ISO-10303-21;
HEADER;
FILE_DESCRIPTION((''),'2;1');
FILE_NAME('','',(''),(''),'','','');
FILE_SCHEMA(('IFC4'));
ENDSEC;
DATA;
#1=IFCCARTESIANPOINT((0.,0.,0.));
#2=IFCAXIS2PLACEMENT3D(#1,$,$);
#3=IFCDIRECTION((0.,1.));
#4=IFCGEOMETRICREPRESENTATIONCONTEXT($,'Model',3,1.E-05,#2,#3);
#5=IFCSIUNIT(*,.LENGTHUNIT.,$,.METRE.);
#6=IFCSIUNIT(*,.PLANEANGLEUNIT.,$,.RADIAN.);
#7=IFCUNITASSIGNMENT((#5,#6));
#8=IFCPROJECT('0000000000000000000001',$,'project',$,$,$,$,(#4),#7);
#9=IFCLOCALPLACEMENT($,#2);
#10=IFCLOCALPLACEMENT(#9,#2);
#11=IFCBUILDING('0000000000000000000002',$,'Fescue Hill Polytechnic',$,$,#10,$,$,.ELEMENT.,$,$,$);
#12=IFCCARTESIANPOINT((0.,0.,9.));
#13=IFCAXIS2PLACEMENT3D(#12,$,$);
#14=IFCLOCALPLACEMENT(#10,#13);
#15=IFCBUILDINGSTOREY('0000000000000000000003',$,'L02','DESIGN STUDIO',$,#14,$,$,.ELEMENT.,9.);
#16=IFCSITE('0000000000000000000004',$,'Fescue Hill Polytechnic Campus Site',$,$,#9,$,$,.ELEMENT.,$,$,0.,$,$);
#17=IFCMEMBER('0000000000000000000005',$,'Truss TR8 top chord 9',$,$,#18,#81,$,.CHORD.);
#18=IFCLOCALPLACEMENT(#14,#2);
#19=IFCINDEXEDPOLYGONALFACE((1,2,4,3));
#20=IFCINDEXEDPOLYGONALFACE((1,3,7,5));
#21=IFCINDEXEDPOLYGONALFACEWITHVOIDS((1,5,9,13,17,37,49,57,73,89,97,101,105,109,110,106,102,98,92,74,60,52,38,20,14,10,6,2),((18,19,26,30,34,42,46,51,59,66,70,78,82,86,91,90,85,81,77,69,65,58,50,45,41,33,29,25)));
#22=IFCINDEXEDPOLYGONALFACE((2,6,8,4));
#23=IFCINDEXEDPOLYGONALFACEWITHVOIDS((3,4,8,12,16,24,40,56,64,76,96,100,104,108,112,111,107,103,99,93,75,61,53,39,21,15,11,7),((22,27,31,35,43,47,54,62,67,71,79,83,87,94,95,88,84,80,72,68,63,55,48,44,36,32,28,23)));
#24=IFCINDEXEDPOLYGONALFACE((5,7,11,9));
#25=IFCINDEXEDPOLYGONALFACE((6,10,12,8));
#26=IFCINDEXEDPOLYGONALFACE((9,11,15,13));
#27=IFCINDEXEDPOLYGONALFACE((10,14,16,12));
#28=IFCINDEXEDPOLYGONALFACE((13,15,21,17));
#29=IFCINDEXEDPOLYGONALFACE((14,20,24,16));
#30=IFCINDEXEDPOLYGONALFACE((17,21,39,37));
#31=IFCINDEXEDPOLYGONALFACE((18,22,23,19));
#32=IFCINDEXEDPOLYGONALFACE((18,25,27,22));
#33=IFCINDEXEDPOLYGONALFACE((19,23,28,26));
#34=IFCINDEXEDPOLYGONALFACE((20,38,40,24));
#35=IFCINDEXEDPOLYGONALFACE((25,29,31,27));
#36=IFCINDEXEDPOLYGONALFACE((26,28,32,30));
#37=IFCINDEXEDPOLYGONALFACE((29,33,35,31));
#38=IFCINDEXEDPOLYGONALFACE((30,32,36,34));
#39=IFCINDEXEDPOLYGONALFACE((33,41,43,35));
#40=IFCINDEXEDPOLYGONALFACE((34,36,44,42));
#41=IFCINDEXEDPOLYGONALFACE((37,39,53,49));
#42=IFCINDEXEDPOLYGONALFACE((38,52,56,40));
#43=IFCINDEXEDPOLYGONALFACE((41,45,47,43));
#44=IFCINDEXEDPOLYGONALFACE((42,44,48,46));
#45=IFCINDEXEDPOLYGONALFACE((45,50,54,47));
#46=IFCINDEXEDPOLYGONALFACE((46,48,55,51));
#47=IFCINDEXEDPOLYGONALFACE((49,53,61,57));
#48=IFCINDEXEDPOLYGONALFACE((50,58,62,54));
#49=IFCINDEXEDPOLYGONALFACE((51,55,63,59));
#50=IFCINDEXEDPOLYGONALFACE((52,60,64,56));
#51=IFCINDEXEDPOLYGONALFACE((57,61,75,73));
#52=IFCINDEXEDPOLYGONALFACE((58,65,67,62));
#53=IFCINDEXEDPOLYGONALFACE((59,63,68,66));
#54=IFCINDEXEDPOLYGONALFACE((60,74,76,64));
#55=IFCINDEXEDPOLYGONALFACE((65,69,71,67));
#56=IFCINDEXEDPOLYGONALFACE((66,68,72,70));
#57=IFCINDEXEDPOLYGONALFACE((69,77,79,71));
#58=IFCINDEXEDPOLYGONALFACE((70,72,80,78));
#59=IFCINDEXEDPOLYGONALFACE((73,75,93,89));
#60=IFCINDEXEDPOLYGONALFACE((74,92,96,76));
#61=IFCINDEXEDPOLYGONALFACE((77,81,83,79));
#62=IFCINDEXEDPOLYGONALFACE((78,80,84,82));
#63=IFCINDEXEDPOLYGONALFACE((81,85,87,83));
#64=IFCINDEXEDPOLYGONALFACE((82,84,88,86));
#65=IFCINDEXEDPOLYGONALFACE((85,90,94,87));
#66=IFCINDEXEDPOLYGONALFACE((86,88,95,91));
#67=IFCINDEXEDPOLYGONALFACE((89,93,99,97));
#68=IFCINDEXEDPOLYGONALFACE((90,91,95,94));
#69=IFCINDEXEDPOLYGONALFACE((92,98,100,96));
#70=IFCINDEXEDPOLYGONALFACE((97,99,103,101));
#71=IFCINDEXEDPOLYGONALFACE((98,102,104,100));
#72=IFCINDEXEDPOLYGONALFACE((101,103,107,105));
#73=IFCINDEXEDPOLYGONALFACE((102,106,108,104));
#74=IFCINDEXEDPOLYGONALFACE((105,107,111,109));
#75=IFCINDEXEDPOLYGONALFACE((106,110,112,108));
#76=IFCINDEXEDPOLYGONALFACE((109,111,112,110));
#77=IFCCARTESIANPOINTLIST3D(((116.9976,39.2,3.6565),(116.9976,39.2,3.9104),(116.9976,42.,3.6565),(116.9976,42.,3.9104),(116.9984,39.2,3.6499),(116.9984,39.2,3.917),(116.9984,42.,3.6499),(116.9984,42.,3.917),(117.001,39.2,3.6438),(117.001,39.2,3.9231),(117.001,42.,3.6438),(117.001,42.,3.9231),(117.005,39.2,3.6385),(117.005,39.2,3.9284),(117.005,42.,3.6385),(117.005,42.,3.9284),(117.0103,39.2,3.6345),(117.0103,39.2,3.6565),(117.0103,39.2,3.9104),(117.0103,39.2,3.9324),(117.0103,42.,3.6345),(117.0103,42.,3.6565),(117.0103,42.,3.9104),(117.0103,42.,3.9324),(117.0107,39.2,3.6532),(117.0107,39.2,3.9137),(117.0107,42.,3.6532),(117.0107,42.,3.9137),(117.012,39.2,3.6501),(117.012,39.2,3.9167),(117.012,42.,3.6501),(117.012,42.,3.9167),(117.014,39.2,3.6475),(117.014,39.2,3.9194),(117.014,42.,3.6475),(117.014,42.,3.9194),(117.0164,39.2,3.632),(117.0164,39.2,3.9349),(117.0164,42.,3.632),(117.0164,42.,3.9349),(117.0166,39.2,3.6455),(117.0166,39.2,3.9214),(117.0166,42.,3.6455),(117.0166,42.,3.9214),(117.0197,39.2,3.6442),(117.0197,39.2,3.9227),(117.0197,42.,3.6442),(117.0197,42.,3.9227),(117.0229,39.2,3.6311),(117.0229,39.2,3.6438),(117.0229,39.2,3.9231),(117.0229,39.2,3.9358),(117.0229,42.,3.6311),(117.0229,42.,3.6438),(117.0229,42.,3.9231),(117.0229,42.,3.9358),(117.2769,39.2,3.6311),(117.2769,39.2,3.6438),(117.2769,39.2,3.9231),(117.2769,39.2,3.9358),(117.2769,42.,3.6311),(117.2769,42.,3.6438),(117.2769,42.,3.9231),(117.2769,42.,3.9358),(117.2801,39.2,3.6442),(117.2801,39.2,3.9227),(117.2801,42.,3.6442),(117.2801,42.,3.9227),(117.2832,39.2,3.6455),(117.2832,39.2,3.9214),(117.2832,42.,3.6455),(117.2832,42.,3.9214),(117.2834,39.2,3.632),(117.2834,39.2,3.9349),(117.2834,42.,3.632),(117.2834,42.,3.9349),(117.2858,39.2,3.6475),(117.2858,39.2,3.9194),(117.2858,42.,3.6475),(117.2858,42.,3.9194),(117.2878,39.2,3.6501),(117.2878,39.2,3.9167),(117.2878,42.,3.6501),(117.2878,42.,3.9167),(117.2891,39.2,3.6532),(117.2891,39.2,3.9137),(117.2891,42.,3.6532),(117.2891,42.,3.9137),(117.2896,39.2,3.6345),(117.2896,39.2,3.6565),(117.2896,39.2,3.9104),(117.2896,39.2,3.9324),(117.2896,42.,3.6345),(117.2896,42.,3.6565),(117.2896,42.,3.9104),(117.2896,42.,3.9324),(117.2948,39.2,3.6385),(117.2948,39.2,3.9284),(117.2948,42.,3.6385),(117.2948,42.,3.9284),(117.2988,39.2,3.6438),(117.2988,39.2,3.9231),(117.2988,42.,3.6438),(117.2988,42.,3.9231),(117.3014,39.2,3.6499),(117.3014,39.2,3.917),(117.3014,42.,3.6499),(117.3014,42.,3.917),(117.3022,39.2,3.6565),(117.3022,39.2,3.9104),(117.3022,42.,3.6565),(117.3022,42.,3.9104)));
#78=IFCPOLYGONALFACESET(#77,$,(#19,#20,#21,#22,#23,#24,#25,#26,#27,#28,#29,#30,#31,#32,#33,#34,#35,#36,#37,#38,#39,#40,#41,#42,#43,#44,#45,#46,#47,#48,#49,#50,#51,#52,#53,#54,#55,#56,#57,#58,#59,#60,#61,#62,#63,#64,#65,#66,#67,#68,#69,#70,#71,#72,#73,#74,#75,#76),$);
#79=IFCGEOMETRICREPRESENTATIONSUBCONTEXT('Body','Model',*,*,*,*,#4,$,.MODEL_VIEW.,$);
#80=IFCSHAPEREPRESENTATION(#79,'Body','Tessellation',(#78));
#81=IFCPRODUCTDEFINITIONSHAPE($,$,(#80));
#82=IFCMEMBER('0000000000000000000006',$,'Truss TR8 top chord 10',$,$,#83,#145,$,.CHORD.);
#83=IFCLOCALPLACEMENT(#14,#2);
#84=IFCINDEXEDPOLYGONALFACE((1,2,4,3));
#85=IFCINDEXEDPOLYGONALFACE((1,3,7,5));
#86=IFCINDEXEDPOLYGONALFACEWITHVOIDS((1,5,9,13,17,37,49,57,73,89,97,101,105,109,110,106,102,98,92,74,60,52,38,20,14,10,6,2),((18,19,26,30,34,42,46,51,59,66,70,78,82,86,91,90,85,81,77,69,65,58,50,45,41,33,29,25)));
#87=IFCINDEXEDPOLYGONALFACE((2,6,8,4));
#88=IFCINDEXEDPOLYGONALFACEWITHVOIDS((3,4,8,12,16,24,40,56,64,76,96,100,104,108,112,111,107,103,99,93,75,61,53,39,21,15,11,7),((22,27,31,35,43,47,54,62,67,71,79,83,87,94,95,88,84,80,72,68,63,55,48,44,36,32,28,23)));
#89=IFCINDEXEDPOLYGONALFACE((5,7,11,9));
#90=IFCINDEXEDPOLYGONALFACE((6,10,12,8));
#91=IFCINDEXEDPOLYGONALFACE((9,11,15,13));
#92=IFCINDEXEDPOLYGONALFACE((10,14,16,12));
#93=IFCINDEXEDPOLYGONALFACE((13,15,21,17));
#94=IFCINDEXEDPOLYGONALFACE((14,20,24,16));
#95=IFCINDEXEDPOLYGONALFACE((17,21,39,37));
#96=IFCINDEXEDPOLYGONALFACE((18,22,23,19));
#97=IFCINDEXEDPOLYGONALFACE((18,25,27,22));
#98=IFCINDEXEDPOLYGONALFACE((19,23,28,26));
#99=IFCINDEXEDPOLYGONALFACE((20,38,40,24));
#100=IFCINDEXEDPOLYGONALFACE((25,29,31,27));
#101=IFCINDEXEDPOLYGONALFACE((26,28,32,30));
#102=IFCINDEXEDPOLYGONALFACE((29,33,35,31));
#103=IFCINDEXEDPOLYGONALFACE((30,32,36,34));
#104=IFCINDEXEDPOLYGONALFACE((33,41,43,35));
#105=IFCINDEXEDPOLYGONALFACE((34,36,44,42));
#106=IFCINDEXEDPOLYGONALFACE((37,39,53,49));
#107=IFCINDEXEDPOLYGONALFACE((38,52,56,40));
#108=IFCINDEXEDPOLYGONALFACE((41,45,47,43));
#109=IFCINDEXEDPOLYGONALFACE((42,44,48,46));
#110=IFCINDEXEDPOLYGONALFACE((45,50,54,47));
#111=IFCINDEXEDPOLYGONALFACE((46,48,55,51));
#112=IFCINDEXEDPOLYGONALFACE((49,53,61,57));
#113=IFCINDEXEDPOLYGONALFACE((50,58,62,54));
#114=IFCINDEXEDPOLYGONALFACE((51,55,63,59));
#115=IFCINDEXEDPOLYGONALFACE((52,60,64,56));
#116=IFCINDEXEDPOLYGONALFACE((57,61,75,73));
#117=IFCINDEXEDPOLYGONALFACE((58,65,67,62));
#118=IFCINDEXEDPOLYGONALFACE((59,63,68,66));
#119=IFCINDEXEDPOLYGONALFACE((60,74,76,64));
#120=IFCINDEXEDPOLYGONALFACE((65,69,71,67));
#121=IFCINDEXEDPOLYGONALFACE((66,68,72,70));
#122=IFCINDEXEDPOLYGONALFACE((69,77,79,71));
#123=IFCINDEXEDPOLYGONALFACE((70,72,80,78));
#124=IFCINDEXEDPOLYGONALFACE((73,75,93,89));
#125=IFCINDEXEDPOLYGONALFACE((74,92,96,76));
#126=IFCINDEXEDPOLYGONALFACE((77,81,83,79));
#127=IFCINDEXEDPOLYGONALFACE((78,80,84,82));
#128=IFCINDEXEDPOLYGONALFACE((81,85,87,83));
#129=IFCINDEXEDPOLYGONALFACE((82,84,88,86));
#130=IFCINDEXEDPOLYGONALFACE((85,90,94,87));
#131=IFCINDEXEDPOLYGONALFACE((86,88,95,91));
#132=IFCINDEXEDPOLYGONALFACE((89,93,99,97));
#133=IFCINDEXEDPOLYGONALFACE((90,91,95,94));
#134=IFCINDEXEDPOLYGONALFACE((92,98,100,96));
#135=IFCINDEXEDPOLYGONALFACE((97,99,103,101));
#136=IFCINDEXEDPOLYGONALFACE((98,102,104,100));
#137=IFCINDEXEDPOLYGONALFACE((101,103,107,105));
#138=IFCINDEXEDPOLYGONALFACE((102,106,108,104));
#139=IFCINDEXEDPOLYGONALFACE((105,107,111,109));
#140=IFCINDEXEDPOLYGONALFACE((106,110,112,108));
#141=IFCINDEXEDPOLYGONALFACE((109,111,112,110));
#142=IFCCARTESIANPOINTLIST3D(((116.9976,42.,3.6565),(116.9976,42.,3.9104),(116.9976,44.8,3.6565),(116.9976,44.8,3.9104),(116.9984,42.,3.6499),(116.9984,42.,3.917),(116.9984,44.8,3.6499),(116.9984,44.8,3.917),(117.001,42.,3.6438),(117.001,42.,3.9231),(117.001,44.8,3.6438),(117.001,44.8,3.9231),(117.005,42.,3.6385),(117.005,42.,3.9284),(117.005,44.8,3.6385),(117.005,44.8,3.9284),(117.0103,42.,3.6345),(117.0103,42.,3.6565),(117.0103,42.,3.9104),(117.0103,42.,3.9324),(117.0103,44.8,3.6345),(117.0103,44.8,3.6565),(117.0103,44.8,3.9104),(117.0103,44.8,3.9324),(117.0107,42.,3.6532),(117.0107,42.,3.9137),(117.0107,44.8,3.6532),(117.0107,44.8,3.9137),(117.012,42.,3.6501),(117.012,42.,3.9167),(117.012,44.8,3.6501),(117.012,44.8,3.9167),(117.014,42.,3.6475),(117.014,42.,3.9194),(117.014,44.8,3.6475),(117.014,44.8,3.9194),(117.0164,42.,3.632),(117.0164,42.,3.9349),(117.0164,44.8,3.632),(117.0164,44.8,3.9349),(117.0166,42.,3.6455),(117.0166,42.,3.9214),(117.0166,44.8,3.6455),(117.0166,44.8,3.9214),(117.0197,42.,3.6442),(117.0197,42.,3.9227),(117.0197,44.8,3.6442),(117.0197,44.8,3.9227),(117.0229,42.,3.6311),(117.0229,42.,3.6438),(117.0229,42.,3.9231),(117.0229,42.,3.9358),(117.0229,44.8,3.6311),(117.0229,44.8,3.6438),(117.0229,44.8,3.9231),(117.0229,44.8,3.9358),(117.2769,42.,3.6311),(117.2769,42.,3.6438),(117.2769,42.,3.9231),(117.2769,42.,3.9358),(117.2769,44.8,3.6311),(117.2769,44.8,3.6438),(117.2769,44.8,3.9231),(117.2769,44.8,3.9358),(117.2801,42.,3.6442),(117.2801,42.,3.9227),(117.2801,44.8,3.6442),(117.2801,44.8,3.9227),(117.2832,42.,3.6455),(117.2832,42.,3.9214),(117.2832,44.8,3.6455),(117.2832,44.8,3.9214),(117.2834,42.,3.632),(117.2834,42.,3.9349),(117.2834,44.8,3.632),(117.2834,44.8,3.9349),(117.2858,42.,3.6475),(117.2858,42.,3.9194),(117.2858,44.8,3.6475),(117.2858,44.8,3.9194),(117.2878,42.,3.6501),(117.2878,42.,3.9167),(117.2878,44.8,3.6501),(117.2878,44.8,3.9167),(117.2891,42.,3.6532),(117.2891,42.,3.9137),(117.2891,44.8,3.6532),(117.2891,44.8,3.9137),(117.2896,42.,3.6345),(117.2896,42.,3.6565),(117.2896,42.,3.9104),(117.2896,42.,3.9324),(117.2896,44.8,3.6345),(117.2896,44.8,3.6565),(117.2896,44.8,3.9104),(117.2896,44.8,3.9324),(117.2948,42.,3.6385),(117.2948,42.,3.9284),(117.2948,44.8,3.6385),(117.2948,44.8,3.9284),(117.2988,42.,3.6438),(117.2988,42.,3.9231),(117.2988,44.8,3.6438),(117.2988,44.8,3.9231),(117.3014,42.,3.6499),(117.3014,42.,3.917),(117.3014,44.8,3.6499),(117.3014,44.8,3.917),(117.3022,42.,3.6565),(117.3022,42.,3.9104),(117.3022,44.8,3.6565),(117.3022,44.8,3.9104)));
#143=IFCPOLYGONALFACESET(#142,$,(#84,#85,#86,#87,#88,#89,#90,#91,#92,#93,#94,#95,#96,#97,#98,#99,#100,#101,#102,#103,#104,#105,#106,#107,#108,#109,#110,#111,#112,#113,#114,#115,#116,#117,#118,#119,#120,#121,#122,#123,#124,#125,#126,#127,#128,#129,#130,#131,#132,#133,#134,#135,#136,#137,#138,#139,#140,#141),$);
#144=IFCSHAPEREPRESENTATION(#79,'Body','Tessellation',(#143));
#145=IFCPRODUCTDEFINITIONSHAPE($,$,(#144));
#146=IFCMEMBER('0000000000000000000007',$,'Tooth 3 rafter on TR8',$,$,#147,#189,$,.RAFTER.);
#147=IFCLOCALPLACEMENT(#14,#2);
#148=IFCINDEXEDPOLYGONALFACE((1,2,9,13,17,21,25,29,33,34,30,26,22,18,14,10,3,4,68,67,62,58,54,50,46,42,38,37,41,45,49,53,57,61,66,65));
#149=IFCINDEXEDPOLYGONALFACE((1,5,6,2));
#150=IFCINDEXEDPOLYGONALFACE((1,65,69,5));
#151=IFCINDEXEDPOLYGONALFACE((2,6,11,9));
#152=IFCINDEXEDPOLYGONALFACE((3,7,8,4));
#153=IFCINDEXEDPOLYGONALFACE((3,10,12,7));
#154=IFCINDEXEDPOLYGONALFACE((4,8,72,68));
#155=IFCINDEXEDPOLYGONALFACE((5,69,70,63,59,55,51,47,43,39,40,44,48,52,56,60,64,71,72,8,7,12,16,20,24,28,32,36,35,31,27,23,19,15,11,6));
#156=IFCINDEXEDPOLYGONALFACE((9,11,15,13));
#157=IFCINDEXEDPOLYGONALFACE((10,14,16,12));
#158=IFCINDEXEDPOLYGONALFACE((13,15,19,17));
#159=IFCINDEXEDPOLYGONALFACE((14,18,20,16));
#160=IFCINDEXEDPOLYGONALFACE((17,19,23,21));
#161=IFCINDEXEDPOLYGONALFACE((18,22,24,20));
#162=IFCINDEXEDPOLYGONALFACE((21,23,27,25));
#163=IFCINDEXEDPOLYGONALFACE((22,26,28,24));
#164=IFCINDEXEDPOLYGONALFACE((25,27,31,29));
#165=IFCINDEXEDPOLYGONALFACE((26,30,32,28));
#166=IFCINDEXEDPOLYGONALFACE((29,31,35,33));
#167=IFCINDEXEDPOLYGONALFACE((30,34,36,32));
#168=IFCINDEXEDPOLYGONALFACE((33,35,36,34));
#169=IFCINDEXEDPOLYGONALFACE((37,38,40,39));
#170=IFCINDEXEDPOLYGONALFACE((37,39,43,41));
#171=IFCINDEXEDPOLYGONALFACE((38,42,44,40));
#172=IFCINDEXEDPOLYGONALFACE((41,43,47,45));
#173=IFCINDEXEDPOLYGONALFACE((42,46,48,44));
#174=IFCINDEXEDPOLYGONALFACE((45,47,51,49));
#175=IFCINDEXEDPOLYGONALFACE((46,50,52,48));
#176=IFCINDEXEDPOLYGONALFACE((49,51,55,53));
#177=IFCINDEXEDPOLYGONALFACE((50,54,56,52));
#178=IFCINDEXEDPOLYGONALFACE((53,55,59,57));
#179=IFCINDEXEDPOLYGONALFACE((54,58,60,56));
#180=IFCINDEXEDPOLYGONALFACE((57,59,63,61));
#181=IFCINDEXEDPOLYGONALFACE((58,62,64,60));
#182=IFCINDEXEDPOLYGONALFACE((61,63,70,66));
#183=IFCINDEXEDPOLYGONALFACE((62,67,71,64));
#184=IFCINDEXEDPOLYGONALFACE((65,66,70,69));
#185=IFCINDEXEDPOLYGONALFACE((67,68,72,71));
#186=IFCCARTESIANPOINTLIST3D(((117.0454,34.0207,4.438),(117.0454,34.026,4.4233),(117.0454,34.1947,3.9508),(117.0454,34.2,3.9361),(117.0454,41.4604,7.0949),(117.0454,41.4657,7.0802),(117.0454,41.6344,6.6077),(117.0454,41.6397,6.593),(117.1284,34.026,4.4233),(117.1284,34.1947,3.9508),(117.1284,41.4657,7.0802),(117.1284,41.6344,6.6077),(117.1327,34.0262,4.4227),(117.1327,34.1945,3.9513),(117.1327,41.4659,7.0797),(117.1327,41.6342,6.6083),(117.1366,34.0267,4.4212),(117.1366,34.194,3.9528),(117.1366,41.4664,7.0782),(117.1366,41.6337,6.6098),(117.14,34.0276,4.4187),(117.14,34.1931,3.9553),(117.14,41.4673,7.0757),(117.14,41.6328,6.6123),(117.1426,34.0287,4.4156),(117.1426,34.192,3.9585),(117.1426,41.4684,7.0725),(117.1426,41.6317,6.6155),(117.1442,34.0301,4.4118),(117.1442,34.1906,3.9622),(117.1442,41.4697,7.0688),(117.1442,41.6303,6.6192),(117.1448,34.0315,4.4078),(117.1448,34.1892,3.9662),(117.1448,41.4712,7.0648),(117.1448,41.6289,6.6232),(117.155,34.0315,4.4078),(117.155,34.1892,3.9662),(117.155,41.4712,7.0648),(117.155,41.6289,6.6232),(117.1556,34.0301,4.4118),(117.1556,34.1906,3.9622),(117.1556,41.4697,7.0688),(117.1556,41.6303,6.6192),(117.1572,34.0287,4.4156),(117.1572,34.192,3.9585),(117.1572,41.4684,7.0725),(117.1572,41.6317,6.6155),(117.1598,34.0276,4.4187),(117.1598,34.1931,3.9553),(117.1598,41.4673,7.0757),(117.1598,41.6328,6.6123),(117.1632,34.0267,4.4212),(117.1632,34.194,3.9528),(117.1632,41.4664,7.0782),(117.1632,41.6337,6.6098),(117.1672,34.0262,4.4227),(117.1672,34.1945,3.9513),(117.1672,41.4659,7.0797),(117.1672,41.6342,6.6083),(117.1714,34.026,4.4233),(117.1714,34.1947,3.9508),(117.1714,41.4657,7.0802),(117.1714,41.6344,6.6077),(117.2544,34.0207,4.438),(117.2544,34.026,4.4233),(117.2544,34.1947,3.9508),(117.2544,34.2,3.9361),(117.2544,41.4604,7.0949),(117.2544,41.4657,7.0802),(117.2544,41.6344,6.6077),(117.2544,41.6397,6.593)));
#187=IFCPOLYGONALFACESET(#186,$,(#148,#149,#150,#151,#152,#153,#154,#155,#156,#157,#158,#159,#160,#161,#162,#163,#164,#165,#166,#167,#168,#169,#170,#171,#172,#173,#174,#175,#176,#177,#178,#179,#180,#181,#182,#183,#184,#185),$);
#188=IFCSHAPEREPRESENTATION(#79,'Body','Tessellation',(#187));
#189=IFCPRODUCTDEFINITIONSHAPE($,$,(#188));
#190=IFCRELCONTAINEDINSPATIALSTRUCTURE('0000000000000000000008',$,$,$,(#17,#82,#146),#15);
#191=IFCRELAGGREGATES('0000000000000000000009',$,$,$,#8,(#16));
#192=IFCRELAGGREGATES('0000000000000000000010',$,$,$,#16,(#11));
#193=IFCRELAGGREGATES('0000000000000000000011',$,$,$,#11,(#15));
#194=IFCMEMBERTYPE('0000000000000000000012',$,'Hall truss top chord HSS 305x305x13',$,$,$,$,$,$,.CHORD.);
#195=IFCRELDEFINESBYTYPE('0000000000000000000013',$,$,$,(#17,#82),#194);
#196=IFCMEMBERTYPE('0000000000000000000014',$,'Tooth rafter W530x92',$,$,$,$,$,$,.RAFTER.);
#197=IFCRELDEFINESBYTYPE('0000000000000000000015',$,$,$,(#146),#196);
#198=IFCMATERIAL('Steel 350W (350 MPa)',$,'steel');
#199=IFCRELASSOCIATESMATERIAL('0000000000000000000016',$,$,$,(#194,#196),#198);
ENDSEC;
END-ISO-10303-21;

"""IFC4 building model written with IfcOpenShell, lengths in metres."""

from ifc_helpers import new_model, si_unit, direction, frame, origin, origin_2d, place, context, subcontext, project, spatial, hollow_rectangle, i_section, extrude, material, material_profile, profile_set, type_object, element, save


model = new_model("IFC4")

# Units and contexts
model_context = context("Model", 3, precision=1e-05, world=origin(), true_north=direction((0.0, 1.0)))
body_context = subcontext(model_context, "Body", "Model", "MODEL_VIEW")
ifc_project = project(units=[si_unit("LENGTHUNIT", "METRE"), si_unit("PLANEANGLEUNIT", "RADIAN")], contexts=[model_context])

# Site, building, storey
site_placement = place(None, origin())
site = spatial("IfcSite", under=ifc_project, at=site_placement, Name="Fescue Hill Polytechnic Campus Site", CompositionType="ELEMENT", RefElevation=0.0)
building_placement = place(site_placement, origin())
building = spatial("IfcBuilding", under=site, at=building_placement, Name="Fescue Hill Polytechnic", CompositionType="ELEMENT")
storey_placement = place(building_placement, frame((0.0, 0.0, 9.0)))
storey = spatial("IfcBuildingStorey", under=building, at=storey_placement, Name="L02", Description="DESIGN STUDIO", CompositionType="ELEMENT", Elevation=9.0)

# Members
ifc_material_1 = material(Name="Steel 350W (350 MPa)", Category="steel")
ifc_material_profile_1 = material_profile(ifc_material_1, hollow_rectangle(XDim=0.3047, YDim=0.3047, WallThickness=0.0127, InnerFilletRadius=0.0127, OuterFilletRadius=0.0254, at=origin_2d()), Name="Hall truss top chord HSS 305x305x13")
ifc_profile_set_1 = profile_set([ifc_material_profile_1], Name="Steel 350W (350 MPa)")
member_type_1 = type_object("IfcMemberType", Name="Hall truss top chord HSS 305x305x13", PredefinedType="CHORD", material=ifc_profile_set_1)
for number, where, z_axis, x_axis, name in (
    (1, (117.1499, 39.2, 3.7834), (0.0, 1.0, 0.0), (-1.0, 0.0, 0.0), "Truss TR8 top chord 9"),
    (2, (117.1499, 42.0, 3.7834), (0.0, 1.0, 0.0), (-1.0, 0.0, 0.0), "Truss TR8 top chord 10"),
):
    element("IfcMember", number, at=place(storey_placement, frame(where, z_axis=z_axis, x_axis=x_axis)), inside=storey, type_object=member_type_1, Name=name, PredefinedType="CHORD", context=body_context, shape_type="SweptSolid", body=[
        extrude(hollow_rectangle(XDim=0.3047, YDim=0.3047, WallThickness=0.0127, InnerFilletRadius=0.0127, OuterFilletRadius=0.0254, at=origin_2d()), origin(), (0.0, 0.0, 1.0), 2.8),
    ])
ifc_material_profile_2 = material_profile(ifc_material_1, i_section(OverallWidth=0.209, OverallDepth=0.533, WebThickness=0.0103, FlangeThickness=0.0156, FilletRadius=0.0164, at=origin_2d()), Name="W530x92")
ifc_profile_set_2 = profile_set([ifc_material_profile_2], Name="Steel 350W (350 MPa)")
member_type_2 = type_object("IfcMemberType", Name="Tooth rafter W530x92", PredefinedType="RAFTER", material=ifc_profile_set_2)
member_1_placement = place(storey_placement, frame((117.1499, 34.1104, 4.187), z_axis=(0.0, 0.941744, 0.336331), x_axis=(-1.0, 0.0, 0.0)))
element("IfcMember", 3, at=member_1_placement, inside=storey, type_object=member_type_2, Name="Tooth 3 rafter on TR8", PredefinedType="RAFTER", context=body_context, shape_type="SweptSolid", body=[
    extrude(i_section(OverallWidth=0.209, OverallDepth=0.533, WebThickness=0.0103, FlangeThickness=0.0156, FilletRadius=0.0164, at=origin_2d()), origin(), (0.0, 0.0, 1.0), 7.8999),
])

save(model, "model.ifc")
